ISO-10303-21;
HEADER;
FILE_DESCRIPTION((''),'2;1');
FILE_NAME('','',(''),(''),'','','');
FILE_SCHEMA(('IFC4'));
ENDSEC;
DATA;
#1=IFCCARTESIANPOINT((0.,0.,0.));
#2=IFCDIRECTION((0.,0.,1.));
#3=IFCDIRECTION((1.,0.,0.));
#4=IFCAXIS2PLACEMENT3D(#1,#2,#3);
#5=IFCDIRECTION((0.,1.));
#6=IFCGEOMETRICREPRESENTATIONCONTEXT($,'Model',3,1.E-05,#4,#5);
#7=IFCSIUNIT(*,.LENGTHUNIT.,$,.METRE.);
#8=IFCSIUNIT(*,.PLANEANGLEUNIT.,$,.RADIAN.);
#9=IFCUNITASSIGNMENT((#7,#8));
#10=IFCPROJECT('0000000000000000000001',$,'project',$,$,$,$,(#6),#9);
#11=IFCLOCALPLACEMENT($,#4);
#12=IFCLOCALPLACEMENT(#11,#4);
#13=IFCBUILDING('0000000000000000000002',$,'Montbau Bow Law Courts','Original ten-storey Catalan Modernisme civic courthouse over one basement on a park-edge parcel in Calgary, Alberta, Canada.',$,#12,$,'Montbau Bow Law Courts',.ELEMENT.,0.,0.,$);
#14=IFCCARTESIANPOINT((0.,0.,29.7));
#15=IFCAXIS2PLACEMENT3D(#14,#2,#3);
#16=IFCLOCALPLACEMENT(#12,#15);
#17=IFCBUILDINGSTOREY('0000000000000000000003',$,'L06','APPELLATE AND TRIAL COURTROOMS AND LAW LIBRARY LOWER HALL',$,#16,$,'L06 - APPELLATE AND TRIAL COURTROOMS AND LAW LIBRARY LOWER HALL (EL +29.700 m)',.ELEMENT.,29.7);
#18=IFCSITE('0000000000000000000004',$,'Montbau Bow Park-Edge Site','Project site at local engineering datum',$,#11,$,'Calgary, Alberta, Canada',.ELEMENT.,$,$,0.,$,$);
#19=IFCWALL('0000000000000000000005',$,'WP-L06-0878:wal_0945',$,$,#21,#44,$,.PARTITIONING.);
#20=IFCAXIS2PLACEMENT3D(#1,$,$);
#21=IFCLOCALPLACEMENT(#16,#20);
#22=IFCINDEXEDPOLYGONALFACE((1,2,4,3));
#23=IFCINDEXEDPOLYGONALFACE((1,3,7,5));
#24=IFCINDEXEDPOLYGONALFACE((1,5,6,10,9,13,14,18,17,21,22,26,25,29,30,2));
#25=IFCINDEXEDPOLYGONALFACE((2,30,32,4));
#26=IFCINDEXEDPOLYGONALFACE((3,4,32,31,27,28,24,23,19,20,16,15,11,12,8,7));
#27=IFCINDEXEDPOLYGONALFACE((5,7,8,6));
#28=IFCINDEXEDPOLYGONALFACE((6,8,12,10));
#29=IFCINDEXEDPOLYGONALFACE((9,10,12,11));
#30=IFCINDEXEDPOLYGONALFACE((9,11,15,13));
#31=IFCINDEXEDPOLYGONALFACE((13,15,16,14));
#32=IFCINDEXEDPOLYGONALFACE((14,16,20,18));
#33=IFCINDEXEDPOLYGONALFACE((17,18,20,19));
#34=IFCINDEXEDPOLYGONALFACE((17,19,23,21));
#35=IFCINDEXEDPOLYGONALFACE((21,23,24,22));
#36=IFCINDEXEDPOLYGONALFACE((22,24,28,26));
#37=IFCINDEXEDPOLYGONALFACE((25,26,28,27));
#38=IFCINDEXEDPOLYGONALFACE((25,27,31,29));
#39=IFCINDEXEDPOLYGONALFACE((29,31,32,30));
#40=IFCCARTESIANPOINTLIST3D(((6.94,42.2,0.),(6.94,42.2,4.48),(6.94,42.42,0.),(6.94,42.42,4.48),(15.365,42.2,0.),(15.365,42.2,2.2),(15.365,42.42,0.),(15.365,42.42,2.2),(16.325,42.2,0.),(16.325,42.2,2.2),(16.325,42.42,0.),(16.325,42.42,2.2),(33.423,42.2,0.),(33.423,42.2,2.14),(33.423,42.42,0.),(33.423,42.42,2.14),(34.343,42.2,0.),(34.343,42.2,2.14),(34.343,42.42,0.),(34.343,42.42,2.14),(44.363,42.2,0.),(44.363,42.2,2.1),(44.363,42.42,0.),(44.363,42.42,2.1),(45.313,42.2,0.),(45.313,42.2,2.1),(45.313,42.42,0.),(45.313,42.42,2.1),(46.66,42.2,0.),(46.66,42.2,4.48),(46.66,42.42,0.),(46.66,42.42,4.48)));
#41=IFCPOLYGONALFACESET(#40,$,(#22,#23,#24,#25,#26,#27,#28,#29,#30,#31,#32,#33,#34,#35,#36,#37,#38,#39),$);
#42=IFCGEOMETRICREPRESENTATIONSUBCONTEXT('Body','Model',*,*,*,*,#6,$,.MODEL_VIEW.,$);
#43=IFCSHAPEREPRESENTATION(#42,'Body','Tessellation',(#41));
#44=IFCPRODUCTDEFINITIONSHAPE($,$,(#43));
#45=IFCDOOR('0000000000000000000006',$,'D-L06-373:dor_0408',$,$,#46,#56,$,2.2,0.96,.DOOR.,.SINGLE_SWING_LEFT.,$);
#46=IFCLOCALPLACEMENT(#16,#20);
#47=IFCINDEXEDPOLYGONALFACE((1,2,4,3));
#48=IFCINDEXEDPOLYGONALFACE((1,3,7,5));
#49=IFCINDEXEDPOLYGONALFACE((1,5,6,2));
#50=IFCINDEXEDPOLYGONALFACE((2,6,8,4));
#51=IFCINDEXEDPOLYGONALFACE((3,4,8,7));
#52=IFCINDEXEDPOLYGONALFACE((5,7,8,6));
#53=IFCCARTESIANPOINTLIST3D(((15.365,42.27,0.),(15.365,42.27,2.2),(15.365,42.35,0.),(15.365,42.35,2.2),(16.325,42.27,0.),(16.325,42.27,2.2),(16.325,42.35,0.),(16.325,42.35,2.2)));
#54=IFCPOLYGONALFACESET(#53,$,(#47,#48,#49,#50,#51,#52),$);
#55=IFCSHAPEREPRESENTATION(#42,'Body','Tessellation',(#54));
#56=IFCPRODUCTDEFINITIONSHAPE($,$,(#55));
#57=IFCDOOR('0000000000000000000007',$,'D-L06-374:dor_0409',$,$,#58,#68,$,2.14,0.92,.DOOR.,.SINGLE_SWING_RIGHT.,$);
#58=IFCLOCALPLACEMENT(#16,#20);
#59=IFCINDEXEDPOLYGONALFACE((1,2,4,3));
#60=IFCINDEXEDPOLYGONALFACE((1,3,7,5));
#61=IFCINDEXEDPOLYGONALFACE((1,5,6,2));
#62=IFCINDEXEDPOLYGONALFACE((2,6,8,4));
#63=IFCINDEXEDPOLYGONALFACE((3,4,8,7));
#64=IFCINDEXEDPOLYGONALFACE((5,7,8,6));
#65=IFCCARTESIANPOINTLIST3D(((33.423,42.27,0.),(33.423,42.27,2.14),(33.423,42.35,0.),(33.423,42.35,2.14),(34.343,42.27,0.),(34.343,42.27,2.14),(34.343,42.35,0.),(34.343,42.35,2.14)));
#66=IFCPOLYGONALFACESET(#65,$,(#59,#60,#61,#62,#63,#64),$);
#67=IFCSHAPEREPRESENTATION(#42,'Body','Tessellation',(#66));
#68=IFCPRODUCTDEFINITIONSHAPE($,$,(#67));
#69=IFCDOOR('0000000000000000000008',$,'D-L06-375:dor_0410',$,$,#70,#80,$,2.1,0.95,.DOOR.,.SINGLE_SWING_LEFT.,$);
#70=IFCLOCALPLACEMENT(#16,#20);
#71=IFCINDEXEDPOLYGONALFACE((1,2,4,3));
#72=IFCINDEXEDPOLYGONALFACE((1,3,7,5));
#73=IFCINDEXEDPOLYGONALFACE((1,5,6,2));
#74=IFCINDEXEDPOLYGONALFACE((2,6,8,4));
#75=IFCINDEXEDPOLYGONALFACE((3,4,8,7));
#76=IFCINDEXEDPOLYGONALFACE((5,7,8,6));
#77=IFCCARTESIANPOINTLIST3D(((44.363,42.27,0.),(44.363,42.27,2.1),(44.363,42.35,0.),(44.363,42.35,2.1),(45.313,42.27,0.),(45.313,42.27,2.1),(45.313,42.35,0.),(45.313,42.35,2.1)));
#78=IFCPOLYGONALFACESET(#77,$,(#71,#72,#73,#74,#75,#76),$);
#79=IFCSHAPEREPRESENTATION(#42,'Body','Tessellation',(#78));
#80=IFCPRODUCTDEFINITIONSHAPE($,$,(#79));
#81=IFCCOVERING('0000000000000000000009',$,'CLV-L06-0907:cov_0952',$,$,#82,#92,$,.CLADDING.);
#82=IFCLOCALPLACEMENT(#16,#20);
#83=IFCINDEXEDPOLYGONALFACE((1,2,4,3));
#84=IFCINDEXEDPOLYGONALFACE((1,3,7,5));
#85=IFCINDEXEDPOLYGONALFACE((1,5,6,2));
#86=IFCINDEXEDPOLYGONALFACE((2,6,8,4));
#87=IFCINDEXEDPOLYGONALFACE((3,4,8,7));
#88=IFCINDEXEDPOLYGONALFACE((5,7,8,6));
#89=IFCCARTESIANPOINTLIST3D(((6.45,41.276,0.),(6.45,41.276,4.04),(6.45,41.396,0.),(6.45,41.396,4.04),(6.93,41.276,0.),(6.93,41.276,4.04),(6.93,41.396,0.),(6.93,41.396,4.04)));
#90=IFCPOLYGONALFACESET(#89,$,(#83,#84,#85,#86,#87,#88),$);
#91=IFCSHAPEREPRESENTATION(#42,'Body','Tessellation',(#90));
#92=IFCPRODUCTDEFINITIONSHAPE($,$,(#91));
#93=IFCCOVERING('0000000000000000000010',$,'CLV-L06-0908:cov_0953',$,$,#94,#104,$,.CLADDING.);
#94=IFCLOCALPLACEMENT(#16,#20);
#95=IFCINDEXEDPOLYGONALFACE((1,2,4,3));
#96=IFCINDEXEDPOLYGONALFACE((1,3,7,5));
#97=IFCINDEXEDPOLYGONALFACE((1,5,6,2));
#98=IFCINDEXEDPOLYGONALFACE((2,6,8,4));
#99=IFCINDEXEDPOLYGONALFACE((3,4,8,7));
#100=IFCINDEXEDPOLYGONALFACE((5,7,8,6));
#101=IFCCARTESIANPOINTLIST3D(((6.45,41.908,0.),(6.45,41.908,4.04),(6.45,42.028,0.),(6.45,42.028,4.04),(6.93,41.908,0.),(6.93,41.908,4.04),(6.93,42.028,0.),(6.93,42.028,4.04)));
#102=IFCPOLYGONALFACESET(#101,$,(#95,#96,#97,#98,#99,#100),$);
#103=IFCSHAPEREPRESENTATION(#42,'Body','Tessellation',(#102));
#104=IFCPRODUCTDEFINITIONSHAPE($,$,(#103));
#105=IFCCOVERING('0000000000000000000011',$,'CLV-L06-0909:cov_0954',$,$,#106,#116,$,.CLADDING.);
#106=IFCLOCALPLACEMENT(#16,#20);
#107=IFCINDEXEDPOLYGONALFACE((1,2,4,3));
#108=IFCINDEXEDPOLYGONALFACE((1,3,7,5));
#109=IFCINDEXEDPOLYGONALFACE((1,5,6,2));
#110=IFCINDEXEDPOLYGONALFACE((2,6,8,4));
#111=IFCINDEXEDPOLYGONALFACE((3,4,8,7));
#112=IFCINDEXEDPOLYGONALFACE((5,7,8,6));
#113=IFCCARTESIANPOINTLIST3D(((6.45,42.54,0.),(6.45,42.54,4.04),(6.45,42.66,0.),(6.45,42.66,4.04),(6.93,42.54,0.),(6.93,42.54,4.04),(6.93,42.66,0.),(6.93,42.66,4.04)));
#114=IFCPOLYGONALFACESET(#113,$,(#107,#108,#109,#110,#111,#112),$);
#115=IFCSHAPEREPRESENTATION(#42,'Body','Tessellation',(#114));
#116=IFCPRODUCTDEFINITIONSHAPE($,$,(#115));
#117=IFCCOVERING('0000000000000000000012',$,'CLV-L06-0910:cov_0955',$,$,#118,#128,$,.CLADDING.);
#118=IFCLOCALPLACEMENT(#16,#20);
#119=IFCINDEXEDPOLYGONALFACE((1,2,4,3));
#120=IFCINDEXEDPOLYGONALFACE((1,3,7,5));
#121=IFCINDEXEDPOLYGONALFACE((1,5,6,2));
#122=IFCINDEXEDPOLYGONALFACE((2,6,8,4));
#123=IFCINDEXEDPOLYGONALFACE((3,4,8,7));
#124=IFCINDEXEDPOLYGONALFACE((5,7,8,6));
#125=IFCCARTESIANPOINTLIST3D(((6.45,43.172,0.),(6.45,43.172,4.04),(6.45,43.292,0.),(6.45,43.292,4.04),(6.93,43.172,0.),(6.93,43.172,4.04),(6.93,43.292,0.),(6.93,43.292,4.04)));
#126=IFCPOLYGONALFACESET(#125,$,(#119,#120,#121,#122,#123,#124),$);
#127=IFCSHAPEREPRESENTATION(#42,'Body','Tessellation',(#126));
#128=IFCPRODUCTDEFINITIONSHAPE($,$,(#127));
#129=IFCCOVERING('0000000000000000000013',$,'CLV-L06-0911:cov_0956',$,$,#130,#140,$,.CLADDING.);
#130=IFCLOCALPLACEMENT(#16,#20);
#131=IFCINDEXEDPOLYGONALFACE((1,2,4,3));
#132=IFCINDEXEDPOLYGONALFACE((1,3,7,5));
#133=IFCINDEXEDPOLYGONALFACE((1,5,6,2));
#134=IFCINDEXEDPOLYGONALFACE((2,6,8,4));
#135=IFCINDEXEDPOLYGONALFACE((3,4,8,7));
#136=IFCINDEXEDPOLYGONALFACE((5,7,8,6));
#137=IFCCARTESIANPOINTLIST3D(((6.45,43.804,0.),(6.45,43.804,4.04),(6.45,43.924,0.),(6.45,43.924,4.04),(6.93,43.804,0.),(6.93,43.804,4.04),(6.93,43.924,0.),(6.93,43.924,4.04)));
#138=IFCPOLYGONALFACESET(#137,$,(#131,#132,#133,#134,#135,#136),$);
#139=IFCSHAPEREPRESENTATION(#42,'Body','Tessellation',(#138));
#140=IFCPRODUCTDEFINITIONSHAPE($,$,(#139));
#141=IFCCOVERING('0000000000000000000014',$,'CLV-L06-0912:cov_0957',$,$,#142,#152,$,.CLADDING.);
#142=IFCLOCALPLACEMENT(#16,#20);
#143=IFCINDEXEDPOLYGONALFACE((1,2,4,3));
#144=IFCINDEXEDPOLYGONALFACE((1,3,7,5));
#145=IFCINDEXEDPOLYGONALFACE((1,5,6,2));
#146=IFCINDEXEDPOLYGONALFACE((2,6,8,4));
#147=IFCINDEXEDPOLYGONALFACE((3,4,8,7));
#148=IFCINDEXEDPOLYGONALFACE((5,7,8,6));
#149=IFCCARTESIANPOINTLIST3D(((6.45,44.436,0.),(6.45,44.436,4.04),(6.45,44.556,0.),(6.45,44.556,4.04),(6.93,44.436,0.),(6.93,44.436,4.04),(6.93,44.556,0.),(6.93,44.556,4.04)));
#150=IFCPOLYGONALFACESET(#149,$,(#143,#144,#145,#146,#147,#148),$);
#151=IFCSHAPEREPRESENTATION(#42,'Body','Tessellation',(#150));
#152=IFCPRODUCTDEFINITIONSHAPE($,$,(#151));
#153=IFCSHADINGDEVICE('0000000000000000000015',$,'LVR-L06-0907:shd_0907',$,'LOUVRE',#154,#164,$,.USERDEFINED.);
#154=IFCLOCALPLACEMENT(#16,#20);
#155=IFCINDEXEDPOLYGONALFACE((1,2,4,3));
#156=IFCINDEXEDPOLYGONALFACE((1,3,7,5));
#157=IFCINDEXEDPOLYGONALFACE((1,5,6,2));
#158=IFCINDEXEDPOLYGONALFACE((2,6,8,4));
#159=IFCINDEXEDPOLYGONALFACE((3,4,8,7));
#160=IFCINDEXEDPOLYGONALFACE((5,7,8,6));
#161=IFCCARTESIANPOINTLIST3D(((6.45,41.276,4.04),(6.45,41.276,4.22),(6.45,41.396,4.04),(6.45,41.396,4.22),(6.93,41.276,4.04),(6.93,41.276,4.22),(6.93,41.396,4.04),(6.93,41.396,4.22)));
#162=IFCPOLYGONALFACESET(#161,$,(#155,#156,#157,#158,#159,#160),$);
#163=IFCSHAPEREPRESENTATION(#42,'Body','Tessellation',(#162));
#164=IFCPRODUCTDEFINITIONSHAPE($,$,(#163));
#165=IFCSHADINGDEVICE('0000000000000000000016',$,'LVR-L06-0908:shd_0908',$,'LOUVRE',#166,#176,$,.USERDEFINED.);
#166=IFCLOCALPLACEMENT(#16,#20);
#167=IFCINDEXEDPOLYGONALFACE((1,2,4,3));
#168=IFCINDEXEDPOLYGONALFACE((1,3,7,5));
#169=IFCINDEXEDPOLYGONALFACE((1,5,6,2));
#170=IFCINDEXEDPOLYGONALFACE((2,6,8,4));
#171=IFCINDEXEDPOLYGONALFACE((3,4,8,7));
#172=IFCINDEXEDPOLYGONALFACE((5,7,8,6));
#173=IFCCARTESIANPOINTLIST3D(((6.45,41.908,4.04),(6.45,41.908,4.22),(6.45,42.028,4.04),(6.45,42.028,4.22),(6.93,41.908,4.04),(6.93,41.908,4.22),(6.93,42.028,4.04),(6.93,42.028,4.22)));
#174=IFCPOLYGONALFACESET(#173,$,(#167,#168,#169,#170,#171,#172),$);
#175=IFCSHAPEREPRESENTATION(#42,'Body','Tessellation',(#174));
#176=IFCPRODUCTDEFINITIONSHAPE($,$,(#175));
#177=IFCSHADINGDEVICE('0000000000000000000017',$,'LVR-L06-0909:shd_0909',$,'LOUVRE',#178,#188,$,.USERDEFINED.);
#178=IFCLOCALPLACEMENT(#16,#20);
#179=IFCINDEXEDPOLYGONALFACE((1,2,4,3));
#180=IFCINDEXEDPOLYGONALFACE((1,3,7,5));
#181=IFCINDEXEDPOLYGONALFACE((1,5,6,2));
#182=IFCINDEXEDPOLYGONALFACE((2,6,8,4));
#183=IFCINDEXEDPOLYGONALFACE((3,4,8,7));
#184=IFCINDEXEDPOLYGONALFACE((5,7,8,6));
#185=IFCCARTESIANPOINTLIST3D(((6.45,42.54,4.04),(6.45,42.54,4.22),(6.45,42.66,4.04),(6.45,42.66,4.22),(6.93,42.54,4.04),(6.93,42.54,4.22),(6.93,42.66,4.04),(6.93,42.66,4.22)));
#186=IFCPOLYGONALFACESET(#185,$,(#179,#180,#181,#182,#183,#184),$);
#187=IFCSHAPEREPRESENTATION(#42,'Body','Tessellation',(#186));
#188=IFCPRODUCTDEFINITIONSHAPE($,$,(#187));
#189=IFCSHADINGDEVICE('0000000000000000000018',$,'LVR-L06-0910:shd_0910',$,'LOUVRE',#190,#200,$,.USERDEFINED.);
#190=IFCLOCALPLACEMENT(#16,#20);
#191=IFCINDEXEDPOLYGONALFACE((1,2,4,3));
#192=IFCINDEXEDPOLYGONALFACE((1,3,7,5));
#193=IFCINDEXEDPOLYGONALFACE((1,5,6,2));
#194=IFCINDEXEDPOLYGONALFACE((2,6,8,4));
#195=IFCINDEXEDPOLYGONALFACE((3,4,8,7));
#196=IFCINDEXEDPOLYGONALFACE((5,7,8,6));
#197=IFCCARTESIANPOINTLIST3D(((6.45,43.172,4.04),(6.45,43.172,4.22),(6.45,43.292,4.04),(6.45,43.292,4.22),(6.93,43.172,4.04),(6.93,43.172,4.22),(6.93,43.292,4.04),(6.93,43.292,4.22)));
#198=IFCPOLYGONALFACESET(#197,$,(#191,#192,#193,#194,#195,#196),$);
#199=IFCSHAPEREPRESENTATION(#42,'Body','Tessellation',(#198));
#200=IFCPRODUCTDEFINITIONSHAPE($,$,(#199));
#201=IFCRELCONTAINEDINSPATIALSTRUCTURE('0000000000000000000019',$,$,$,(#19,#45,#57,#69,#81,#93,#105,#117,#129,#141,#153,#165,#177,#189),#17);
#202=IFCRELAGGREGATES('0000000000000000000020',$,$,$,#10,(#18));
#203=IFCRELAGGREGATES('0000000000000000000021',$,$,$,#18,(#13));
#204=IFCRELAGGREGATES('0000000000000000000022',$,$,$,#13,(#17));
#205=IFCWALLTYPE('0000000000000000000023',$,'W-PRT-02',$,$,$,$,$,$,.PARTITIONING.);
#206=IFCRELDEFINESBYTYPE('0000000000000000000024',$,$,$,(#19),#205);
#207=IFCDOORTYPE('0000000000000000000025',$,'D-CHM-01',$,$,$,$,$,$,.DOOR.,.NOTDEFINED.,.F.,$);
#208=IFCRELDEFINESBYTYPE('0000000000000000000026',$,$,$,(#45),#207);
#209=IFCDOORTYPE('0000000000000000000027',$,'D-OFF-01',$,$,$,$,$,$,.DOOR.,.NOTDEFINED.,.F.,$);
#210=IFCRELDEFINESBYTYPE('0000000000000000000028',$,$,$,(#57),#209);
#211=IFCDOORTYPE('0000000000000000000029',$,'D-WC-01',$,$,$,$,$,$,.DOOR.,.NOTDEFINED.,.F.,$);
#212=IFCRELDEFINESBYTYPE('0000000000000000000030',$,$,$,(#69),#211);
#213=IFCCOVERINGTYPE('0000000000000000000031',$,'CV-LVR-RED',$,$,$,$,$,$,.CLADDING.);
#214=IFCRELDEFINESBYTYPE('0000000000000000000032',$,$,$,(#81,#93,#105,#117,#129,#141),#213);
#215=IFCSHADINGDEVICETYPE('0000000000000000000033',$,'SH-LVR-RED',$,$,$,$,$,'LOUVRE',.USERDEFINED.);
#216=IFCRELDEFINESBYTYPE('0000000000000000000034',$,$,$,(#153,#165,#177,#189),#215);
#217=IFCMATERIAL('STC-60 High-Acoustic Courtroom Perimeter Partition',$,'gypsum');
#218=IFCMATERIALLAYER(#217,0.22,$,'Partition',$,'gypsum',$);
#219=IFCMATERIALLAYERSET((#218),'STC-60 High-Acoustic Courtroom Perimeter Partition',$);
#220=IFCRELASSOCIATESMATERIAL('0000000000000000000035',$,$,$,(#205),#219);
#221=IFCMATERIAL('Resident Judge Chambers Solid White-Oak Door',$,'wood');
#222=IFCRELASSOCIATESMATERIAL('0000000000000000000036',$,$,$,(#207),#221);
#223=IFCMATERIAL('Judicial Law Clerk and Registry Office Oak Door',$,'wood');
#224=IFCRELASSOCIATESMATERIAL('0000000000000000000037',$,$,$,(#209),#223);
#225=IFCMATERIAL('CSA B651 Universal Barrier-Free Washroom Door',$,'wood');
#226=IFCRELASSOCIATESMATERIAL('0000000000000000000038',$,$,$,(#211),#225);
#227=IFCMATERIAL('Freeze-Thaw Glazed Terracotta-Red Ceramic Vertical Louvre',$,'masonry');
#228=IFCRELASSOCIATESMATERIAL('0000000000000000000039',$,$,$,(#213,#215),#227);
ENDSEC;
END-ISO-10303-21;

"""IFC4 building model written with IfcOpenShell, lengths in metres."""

from ifc_helpers import new_model, si_unit, direction, frame, frame_2d, origin_with_axes, origin_2d_with_axis, place, context, subcontext, project, spatial, rectangle, extrude, material, layer, layer_set, type_object, element, fill, save


model = new_model("IFC4")

# Units and contexts
model_context = context("Model", 3, precision=1e-05, world=origin_with_axes(), true_north=direction((0.0, 1.0)))
body_context = subcontext(model_context, "Body", "Model", "MODEL_VIEW")
ifc_project = project(units=[si_unit("LENGTHUNIT", "METRE"), si_unit("PLANEANGLEUNIT", "RADIAN")], contexts=[model_context])

# Site, building, storey
site_placement = place(None, origin_with_axes())
site = spatial("IfcSite", under=ifc_project, at=site_placement, Name="Montbau Bow Park-Edge Site", Description="Project site at local engineering datum", LongName="Calgary, Alberta, Canada", CompositionType="ELEMENT", RefElevation=0.0)
building_placement = place(site_placement, origin_with_axes())
building = spatial("IfcBuilding", under=site, at=building_placement, Name="Montbau Bow Law Courts", Description="Original ten-storey Catalan Modernisme civic courthouse over one basement on a park-edge parcel in Calgary, Alberta, Canada.", LongName="Montbau Bow Law Courts", CompositionType="ELEMENT", ElevationOfRefHeight=0.0, ElevationOfTerrain=0.0)
storey_placement = place(building_placement, frame((0.0, 0.0, 29.7), z_axis=(0.0, 0.0, 1.0), x_axis=(1.0, 0.0, 0.0)))
storey = spatial("IfcBuildingStorey", under=building, at=storey_placement, Name="L06", Description="APPELLATE AND TRIAL COURTROOMS AND LAW LIBRARY LOWER HALL", LongName="L06 - APPELLATE AND TRIAL COURTROOMS AND LAW LIBRARY LOWER HALL (EL +29.700 m)", CompositionType="ELEMENT", Elevation=29.7)

# Wall, openings, doors
ifc_material_1 = material(Name="STC-60 High-Acoustic Courtroom Perimeter Partition", Category="gypsum")
ifc_layer_1 = layer(ifc_material_1, 0.22, Name="Partition", Category="gypsum")
ifc_layer_set_1 = layer_set([ifc_layer_1], Name="STC-60 High-Acoustic Courtroom Perimeter Partition")
wall_type = type_object("IfcWallType", Name="W-PRT-02", PredefinedType="PARTITIONING", material=ifc_layer_set_1)
wall_placement = place(None, frame((6.94, 42.31, 29.7), z_axis=(0.0, 0.0, 1.0), x_axis=(1.0, 0.0, 0.0)))
wall = element("IfcWall", 1, at=wall_placement, inside=storey, type_object=wall_type, Name="WP-L06-0878:wal_0945", PredefinedType="PARTITIONING", context=body_context, shape_type="SweptSolid", body=[
    extrude(rectangle(XDim=39.72, YDim=0.22, at=frame_2d((19.86, 0.0), x_axis=(1.0, 0.0))), origin_with_axes(), (0.0, 0.0, 1.0), 4.48),
])
opening_1_placement = place(None, frame((15.845, 42.31, 29.7), z_axis=(0.0, 0.0, 1.0), x_axis=(1.0, 0.0, 0.0)))
opening_1 = element("IfcOpeningElement", 2, at=opening_1_placement, cuts=wall, PredefinedType="OPENING", context=body_context, shape_type="SweptSolid", body=[
    extrude(rectangle(XDim=0.96, YDim=2.2, at=frame_2d((0.0, 1.1), x_axis=(1.0, 0.0))), frame((0.0, 0.12, 0.0), z_axis=(0.0, -1.0, 0.0), x_axis=(1.0, 0.0, 0.0)), (0.0, 0.0, 1.0), 0.24),
])
opening_2_placement = place(None, frame((33.883, 42.31, 29.7), z_axis=(0.0, 0.0, 1.0), x_axis=(1.0, 0.0, 0.0)))
opening_2 = element("IfcOpeningElement", 3, at=opening_2_placement, cuts=wall, PredefinedType="OPENING", context=body_context, shape_type="SweptSolid", body=[
    extrude(rectangle(XDim=0.92, YDim=2.14, at=frame_2d((0.0, 1.07), x_axis=(1.0, 0.0))), frame((0.0, 0.12, 0.0), z_axis=(0.0, -1.0, 0.0), x_axis=(1.0, 0.0, 0.0)), (0.0, 0.0, 1.0), 0.24),
])
opening_3_placement = place(None, frame((44.838, 42.31, 29.7), z_axis=(0.0, 0.0, 1.0), x_axis=(1.0, 0.0, 0.0)))
opening_3 = element("IfcOpeningElement", 4, at=opening_3_placement, cuts=wall, PredefinedType="OPENING", context=body_context, shape_type="SweptSolid", body=[
    extrude(rectangle(XDim=0.95, YDim=2.1, at=frame_2d((0.0, 1.05), x_axis=(1.0, 0.0))), frame((0.0, 0.12, 0.0), z_axis=(0.0, -1.0, 0.0), x_axis=(1.0, 0.0, 0.0)), (0.0, 0.0, 1.0), 0.24),
])
ifc_material_2 = material(Name="Resident Judge Chambers Solid White-Oak Door", Category="wood")
door_type_1 = type_object("IfcDoorType", Name="D-CHM-01", OperationType="NOTDEFINED", ParameterTakesPrecedence=False, PredefinedType="DOOR", material=ifc_material_2)
door_1_placement = place(None, frame((15.845, 42.31, 29.7), z_axis=(0.0, 0.0, 1.0), x_axis=(1.0, 0.0, 0.0)))
door_1 = element("IfcDoor", 5, at=door_1_placement, inside=storey, type_object=door_type_1, Name="D-L06-373:dor_0408", OperationType="SINGLE_SWING_LEFT", OverallHeight=2.2, OverallWidth=0.96, PredefinedType="DOOR", context=body_context, shape_type="SweptSolid", body=[
    extrude(rectangle(XDim=0.96, YDim=2.2, at=frame_2d((0.0, 1.1), x_axis=(1.0, 0.0))), frame((0.0, 0.04, 0.0), z_axis=(0.0, -1.0, 0.0), x_axis=(1.0, 0.0, 0.0)), (0.0, 0.0, 1.0), 0.08),
])
fill(opening_1, door_1)
ifc_material_3 = material(Name="Judicial Law Clerk and Registry Office Oak Door", Category="wood")
door_type_2 = type_object("IfcDoorType", Name="D-OFF-01", OperationType="NOTDEFINED", ParameterTakesPrecedence=False, PredefinedType="DOOR", material=ifc_material_3)
door_2_placement = place(None, frame((33.883, 42.31, 29.7), z_axis=(0.0, 0.0, 1.0), x_axis=(1.0, 0.0, 0.0)))
door_2 = element("IfcDoor", 6, at=door_2_placement, inside=storey, type_object=door_type_2, Name="D-L06-374:dor_0409", OperationType="SINGLE_SWING_RIGHT", OverallHeight=2.14, OverallWidth=0.92, PredefinedType="DOOR", context=body_context, shape_type="SweptSolid", body=[
    extrude(rectangle(XDim=0.92, YDim=2.14, at=frame_2d((0.0, 1.07), x_axis=(1.0, 0.0))), frame((0.0, 0.04, 0.0), z_axis=(0.0, -1.0, 0.0), x_axis=(1.0, 0.0, 0.0)), (0.0, 0.0, 1.0), 0.08),
])
fill(opening_2, door_2)
ifc_material_4 = material(Name="CSA B651 Universal Barrier-Free Washroom Door", Category="wood")
door_type_3 = type_object("IfcDoorType", Name="D-WC-01", OperationType="NOTDEFINED", ParameterTakesPrecedence=False, PredefinedType="DOOR", material=ifc_material_4)
door_3_placement = place(None, frame((44.838, 42.31, 29.7), z_axis=(0.0, 0.0, 1.0), x_axis=(1.0, 0.0, 0.0)))
door_3 = element("IfcDoor", 7, at=door_3_placement, inside=storey, type_object=door_type_3, Name="D-L06-375:dor_0410", OperationType="SINGLE_SWING_LEFT", OverallHeight=2.1, OverallWidth=0.95, PredefinedType="DOOR", context=body_context, shape_type="SweptSolid", body=[
    extrude(rectangle(XDim=0.95, YDim=2.1, at=frame_2d((0.0, 1.05), x_axis=(1.0, 0.0))), frame((0.0, 0.04, 0.0), z_axis=(0.0, -1.0, 0.0), x_axis=(1.0, 0.0, 0.0)), (0.0, 0.0, 1.0), 0.08),
])
fill(opening_3, door_3)

# Coverings
ifc_material_5 = material(Name="Freeze-Thaw Glazed Terracotta-Red Ceramic Vertical Louvre", Category="masonry")
covering_type = type_object("IfcCoveringType", Name="CV-LVR-RED", PredefinedType="CLADDING", material=ifc_material_5)
for number, where, z_axis, x_axis, name in (
    (8, (6.93, 41.336, 29.7), (0.0, 1.0, 0.0), (-1.0, 0.0, 0.0), "CLV-L06-0907:cov_0952"),
    (9, (6.93, 41.968, 29.7), (0.0, 1.0, 0.0), (-1.0, 0.0, 0.0), "CLV-L06-0908:cov_0953"),
    (10, (6.93, 42.6, 29.7), (0.0, 1.0, 0.0), (-1.0, 0.0, 0.0), "CLV-L06-0909:cov_0954"),
    (11, (6.93, 43.232, 29.7), (0.0, 1.0, 0.0), (-1.0, 0.0, 0.0), "CLV-L06-0910:cov_0955"),
    (12, (6.93, 43.864, 29.7), (0.0, 1.0, 0.0), (-1.0, 0.0, 0.0), "CLV-L06-0911:cov_0956"),
    (13, (6.93, 44.496, 29.7), (0.0, 1.0, 0.0), (-1.0, 0.0, 0.0), "CLV-L06-0912:cov_0957"),
):
    element("IfcCovering", number, at=place(None, frame(where, z_axis=z_axis, x_axis=x_axis)), inside=storey, type_object=covering_type, Name=name, PredefinedType="CLADDING", context=body_context, shape_type="SweptSolid", body=[
        extrude(rectangle(XDim=0.48, YDim=4.04, at=frame_2d((0.24, 2.02), x_axis=(1.0, 0.0))), frame((0.0, 0.0, -0.06), z_axis=(0.0, 0.0, 1.0), x_axis=(1.0, 0.0, 0.0)), (0.0, 0.0, 1.0), 0.12),
    ])

# Shading devices
shading_device_type = type_object("IfcShadingDeviceType", Name="SH-LVR-RED", ElementType="LOUVRE", PredefinedType="USERDEFINED", material=ifc_material_5)
for number, where, z_axis, x_axis, name in (
    (14, (6.69, 41.336, 33.74), (0.0, 0.0, 1.0), (-1.0, 0.0, 0.0), "LVR-L06-0907:shd_0907"),
    (15, (6.69, 41.968, 33.74), (0.0, 0.0, 1.0), (-1.0, 0.0, 0.0), "LVR-L06-0908:shd_0908"),
    (16, (6.69, 42.6, 33.74), (0.0, 0.0, 1.0), (-1.0, 0.0, 0.0), "LVR-L06-0909:shd_0909"),
    (17, (6.69, 43.232, 33.74), (0.0, 0.0, 1.0), (-1.0, 0.0, 0.0), "LVR-L06-0910:shd_0910"),
):
    element("IfcShadingDevice", number, at=place(None, frame(where, z_axis=z_axis, x_axis=x_axis)), inside=storey, type_object=shading_device_type, Name=name, ObjectType="LOUVRE", PredefinedType="USERDEFINED", context=body_context, shape_type="SweptSolid", body=[
        extrude(rectangle(XDim=0.48, YDim=0.12, at=origin_2d_with_axis()), origin_with_axes(), (0.0, 0.0, 1.0), 0.18),
    ])

save(model, "model.ifc")
